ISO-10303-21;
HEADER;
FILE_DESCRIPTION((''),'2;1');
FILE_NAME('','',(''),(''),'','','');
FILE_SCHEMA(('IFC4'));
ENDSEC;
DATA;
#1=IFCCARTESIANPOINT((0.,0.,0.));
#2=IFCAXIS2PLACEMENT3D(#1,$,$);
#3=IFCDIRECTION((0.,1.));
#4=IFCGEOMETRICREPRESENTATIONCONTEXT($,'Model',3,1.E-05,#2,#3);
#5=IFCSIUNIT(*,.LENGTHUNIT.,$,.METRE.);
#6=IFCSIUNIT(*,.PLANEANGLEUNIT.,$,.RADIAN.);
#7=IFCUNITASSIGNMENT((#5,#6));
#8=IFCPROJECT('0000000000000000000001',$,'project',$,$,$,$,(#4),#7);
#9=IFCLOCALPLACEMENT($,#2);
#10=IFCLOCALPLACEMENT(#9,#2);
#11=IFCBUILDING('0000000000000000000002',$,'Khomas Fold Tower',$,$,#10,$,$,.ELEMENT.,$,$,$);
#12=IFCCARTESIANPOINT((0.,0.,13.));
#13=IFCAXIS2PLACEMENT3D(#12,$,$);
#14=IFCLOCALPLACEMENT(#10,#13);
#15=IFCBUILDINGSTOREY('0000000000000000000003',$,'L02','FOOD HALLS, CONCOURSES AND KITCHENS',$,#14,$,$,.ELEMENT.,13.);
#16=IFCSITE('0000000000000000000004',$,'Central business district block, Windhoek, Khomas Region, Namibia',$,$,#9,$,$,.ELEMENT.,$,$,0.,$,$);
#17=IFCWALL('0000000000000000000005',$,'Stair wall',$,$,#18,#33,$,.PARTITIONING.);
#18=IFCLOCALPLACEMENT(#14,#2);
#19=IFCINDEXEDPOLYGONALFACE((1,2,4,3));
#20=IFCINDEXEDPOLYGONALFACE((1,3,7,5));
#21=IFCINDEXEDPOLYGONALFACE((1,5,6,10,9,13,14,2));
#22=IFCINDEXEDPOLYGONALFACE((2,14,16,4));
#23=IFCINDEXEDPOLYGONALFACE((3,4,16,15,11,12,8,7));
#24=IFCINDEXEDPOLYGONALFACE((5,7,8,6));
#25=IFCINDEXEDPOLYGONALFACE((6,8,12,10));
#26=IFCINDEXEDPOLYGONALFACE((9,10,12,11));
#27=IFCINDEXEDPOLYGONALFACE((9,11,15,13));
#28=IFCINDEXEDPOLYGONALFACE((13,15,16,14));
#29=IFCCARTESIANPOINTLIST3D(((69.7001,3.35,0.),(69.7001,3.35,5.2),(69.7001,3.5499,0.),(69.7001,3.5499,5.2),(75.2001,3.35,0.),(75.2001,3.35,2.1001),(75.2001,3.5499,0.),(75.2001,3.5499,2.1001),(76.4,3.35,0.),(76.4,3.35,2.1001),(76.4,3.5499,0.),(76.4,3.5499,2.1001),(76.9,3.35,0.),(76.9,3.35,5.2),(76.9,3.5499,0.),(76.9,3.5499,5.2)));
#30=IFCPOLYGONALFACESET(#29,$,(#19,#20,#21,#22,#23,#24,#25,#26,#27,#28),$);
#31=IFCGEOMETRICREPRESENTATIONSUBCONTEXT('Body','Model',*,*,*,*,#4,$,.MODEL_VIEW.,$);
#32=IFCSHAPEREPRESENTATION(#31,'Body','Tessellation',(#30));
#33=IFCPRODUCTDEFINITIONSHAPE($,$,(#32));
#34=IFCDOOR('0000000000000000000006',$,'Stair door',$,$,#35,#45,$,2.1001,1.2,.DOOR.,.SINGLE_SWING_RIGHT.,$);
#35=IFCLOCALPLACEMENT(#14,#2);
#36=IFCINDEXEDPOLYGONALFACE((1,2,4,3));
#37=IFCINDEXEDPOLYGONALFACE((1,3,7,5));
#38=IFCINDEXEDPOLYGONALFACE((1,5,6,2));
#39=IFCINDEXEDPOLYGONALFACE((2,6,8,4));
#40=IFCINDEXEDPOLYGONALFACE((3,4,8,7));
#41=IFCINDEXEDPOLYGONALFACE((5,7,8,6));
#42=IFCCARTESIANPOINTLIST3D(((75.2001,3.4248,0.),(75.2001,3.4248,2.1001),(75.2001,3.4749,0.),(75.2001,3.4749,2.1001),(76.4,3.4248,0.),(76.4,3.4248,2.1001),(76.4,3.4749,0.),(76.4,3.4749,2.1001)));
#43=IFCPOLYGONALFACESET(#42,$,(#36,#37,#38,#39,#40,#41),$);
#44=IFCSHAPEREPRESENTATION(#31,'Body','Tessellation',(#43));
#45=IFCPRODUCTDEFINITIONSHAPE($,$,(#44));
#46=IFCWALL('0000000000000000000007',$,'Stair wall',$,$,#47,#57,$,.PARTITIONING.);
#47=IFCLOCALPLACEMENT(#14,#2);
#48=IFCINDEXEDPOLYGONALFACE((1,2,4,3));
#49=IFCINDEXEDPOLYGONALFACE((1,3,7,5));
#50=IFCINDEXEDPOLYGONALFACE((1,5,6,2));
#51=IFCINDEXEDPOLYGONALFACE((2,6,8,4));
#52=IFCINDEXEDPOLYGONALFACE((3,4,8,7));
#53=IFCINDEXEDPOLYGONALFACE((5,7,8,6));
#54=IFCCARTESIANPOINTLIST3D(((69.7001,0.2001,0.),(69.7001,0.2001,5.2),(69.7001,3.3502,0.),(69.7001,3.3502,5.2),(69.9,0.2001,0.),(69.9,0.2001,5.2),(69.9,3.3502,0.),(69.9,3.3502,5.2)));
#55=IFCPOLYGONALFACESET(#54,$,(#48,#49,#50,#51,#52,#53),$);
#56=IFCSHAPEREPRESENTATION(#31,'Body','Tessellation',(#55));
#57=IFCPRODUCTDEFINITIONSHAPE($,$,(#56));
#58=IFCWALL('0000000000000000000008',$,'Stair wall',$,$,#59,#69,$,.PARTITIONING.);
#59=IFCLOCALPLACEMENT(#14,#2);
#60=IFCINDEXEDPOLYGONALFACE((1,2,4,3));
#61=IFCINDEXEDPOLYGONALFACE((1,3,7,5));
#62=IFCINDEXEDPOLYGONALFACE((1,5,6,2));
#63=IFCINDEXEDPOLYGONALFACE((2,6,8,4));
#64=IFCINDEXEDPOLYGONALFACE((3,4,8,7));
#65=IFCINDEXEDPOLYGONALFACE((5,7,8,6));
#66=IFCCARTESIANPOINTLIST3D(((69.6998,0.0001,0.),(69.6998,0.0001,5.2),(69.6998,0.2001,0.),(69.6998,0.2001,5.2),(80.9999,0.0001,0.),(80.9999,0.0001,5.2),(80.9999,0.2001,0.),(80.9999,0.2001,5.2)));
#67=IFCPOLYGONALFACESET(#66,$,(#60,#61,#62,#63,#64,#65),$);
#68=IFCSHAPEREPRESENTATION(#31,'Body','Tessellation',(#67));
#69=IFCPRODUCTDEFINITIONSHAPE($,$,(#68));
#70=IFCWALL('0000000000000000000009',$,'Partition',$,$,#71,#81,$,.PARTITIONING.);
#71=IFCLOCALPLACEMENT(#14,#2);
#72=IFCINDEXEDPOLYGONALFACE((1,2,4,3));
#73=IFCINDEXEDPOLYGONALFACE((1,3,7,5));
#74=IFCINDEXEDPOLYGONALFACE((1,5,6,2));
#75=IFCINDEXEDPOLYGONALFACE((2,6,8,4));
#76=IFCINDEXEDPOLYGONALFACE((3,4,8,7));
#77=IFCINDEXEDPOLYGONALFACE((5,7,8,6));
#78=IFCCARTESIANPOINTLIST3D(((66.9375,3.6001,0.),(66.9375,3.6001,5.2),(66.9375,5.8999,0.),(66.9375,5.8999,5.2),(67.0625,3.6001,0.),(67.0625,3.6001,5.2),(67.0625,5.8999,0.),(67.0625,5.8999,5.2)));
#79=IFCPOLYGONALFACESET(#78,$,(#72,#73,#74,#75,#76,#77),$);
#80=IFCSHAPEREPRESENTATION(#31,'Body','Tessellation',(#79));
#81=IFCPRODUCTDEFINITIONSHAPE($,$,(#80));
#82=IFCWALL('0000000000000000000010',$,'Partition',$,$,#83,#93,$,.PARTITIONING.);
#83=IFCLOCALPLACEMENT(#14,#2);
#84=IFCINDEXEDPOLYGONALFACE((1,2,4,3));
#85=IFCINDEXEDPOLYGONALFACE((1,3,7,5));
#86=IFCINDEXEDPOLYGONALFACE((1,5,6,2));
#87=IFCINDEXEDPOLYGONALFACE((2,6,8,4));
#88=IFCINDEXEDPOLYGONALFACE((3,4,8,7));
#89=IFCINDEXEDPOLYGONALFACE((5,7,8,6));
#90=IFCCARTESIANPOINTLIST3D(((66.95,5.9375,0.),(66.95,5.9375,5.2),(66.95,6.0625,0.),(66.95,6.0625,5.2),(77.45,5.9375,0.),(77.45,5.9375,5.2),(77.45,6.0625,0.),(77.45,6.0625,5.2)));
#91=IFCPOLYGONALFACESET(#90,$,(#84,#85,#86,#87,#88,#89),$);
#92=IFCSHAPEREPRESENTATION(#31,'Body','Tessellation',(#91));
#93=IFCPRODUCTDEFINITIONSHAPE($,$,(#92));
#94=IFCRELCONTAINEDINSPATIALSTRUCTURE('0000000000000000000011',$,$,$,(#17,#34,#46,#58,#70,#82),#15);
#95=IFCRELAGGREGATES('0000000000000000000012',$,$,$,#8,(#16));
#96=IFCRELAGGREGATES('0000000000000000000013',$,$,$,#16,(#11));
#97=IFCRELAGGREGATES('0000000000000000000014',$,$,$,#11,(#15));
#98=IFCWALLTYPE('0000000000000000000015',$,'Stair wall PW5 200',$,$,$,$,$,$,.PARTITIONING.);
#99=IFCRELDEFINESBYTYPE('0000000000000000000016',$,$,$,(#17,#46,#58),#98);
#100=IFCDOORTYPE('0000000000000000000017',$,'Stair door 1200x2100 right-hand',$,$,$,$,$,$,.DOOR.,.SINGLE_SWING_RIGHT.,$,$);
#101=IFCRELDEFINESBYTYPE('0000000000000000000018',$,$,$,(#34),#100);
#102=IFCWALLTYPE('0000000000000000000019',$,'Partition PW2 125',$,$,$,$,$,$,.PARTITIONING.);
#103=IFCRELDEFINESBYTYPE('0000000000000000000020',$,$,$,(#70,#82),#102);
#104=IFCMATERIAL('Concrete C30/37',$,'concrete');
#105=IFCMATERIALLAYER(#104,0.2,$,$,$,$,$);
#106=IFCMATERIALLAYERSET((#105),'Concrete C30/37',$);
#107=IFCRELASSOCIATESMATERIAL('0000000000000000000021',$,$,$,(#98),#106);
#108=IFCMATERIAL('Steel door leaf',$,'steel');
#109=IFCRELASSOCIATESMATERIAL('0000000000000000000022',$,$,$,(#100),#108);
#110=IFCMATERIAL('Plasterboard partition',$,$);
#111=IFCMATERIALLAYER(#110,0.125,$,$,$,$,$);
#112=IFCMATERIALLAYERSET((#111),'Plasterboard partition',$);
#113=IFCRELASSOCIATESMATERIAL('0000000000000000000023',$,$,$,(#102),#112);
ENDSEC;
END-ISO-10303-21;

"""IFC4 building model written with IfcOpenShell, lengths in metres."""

from ifc_helpers import new_model, si_unit, direction, frame, frame_2d, origin, place, context, subcontext, project, spatial, rectangle, extrude, source, transform, mapped, material, layer, layer_set, type_object, element, fill, save


model = new_model("IFC4")

# Units and contexts
model_context = context("Model", 3, precision=1e-05, world=origin(), true_north=direction((0.0, 1.0)))
body_context = subcontext(model_context, "Body", "Model", "MODEL_VIEW")
ifc_project = project(units=[si_unit("LENGTHUNIT", "METRE"), si_unit("PLANEANGLEUNIT", "RADIAN")], contexts=[model_context])

# Site, building, storey
site_placement = place(None, origin())
site = spatial("IfcSite", under=ifc_project, at=site_placement, Name="Central business district block, Windhoek, Khomas Region, Namibia", CompositionType="ELEMENT", RefElevation=0.0)
building_placement = place(site_placement, origin())
building = spatial("IfcBuilding", under=site, at=building_placement, Name="Khomas Fold Tower", CompositionType="ELEMENT")
storey_placement = place(building_placement, frame((0.0, 0.0, 13.0)))
storey = spatial("IfcBuildingStorey", under=building, at=storey_placement, Name="L02", Description="FOOD HALLS, CONCOURSES AND KITCHENS", CompositionType="ELEMENT", Elevation=13.0)

# Wall, opening, door
ifc_material_1 = material(Name="Concrete C30/37", Category="concrete")
ifc_layer_1 = layer(ifc_material_1, 0.2)
ifc_layer_set_1 = layer_set([ifc_layer_1], Name="Concrete C30/37")
wall_type_1 = type_object("IfcWallType", Name="Stair wall PW5 200", PredefinedType="PARTITIONING", material=ifc_layer_set_1)
shared_shape_1 = source(origin(), body_context, "Body", "SweptSolid", [
    extrude(rectangle(XDim=7.2, YDim=0.2, at=frame_2d((3.6001, 0.0))), origin(), (0.0, 0.0, 1.0), 5.2),
])
wall_1_placement = place(storey_placement, frame((69.7, 3.45, 0.0), z_axis=(0.0, 0.0, 1.0), x_axis=(1.0, 0.0, 0.0)))
wall_1 = element("IfcWall", 1, at=wall_1_placement, inside=storey, type_object=wall_type_1, Name="Stair wall", PredefinedType="PARTITIONING", context=body_context, shape_type="MappedRepresentation", body=[
    mapped(shared_shape_1, transform((0.0, 0.0, 0.0))),
])
shared_shape_2 = source(origin(), body_context, "Body", "SweptSolid", [
    extrude(rectangle(XDim=1.2, YDim=2.1001, at=frame_2d((0.6001, 1.05))), frame((0.0, 0.1099, 0.0), z_axis=(0.0, -1.0, 0.0), x_axis=(1.0, 0.0, 0.0)), (0.0, 0.0, 1.0), 0.22),
])
opening_placement = place(wall_1_placement, frame((5.5, 0.0, 0.0)))
opening = element("IfcOpeningElement", 2, at=opening_placement, cuts=wall_1, PredefinedType="OPENING", context=body_context, shape_type="MappedRepresentation", body=[
    mapped(shared_shape_2, transform((0.0, 0.0, 0.0))),
])
ifc_material_2 = material(Name="Steel door leaf", Category="steel")
door_type = type_object("IfcDoorType", Name="Stair door 1200x2100 right-hand", OperationType="SINGLE_SWING_RIGHT", PredefinedType="DOOR", material=ifc_material_2)
shared_shape_3 = source(origin(), body_context, "Body", "SweptSolid", [
    extrude(rectangle(XDim=1.2, YDim=2.1001, at=frame_2d((0.6001, 1.05))), frame((0.0, 0.0249, 0.0), z_axis=(0.0, -1.0, 0.0), x_axis=(1.0, 0.0, 0.0)), (0.0, 0.0, 1.0), 0.05),
])
door_placement = place(opening_placement, origin())
door = element("IfcDoor", 3, at=door_placement, inside=storey, type_object=door_type, Name="Stair door", OperationType="SINGLE_SWING_RIGHT", OverallHeight=2.1001, OverallWidth=1.2, PredefinedType="DOOR", context=body_context, shape_type="MappedRepresentation", body=[
    mapped(shared_shape_3, transform((0.0, 0.0, 0.0))),
])
fill(opening, door)

# Walls
shared_shape_4 = source(origin(), body_context, "Body", "SweptSolid", [
    extrude(rectangle(XDim=3.1501, YDim=0.2, at=frame_2d((1.5752, 0.0))), origin(), (0.0, 0.0, 1.0), 5.2),
])
wall_2_placement = place(storey_placement, frame((69.8, 0.2, 0.0), z_axis=(0.0, 0.0, 1.0), x_axis=(0.0, 1.0, 0.0)))
element("IfcWall", 4, at=wall_2_placement, inside=storey, type_object=wall_type_1, Name="Stair wall", PredefinedType="PARTITIONING", context=body_context, shape_type="MappedRepresentation", body=[
    mapped(shared_shape_4, transform((0.0, 0.0, 0.0))),
])
shared_shape_5 = source(origin(), body_context, "Body", "SweptSolid", [
    extrude(rectangle(XDim=11.3, YDim=0.2, at=frame_2d((5.6499, 0.0))), origin(), (0.0, 0.0, 1.0), 5.2),
])
wall_3_placement = place(storey_placement, frame((69.7, 0.1001, 0.0), z_axis=(0.0, 0.0, 1.0), x_axis=(1.0, 0.0, 0.0)))
element("IfcWall", 5, at=wall_3_placement, inside=storey, type_object=wall_type_1, Name="Stair wall", PredefinedType="PARTITIONING", context=body_context, shape_type="MappedRepresentation", body=[
    mapped(shared_shape_5, transform((0.0, 0.0, 0.0))),
])
ifc_material_3 = material(Name="Plasterboard partition")
ifc_layer_2 = layer(ifc_material_3, 0.125)
ifc_layer_set_2 = layer_set([ifc_layer_2], Name="Plasterboard partition")
wall_type_2 = type_object("IfcWallType", Name="Partition PW2 125", PredefinedType="PARTITIONING", material=ifc_layer_set_2)
shared_shape_6 = source(origin(), body_context, "Body", "SweptSolid", [
    extrude(rectangle(XDim=2.2998, YDim=0.125, at=frame_2d((1.1499, 0.0))), origin(), (0.0, 0.0, 1.0), 5.2),
])
wall_4_placement = place(storey_placement, frame((67.0, 3.6001, 0.0), z_axis=(0.0, 0.0, 1.0), x_axis=(0.0, 1.0, 0.0)))
element("IfcWall", 6, at=wall_4_placement, inside=storey, type_object=wall_type_2, Name="Partition", PredefinedType="PARTITIONING", context=body_context, shape_type="MappedRepresentation", body=[
    mapped(shared_shape_6, transform((0.0, 0.0, 0.0))),
])
shared_shape_7 = source(origin(), body_context, "Body", "SweptSolid", [
    extrude(rectangle(XDim=10.5, YDim=0.125, at=frame_2d((5.25, 0.0))), origin(), (0.0, 0.0, 1.0), 5.2),
])
wall_5_placement = place(storey_placement, frame((66.95, 6.0, 0.0), z_axis=(0.0, 0.0, 1.0), x_axis=(1.0, 0.0, 0.0)))
element("IfcWall", 7, at=wall_5_placement, inside=storey, type_object=wall_type_2, Name="Partition", PredefinedType="PARTITIONING", context=body_context, shape_type="MappedRepresentation", body=[
    mapped(shared_shape_7, transform((0.0, 0.0, 0.0))),
])

save(model, "model.ifc")
